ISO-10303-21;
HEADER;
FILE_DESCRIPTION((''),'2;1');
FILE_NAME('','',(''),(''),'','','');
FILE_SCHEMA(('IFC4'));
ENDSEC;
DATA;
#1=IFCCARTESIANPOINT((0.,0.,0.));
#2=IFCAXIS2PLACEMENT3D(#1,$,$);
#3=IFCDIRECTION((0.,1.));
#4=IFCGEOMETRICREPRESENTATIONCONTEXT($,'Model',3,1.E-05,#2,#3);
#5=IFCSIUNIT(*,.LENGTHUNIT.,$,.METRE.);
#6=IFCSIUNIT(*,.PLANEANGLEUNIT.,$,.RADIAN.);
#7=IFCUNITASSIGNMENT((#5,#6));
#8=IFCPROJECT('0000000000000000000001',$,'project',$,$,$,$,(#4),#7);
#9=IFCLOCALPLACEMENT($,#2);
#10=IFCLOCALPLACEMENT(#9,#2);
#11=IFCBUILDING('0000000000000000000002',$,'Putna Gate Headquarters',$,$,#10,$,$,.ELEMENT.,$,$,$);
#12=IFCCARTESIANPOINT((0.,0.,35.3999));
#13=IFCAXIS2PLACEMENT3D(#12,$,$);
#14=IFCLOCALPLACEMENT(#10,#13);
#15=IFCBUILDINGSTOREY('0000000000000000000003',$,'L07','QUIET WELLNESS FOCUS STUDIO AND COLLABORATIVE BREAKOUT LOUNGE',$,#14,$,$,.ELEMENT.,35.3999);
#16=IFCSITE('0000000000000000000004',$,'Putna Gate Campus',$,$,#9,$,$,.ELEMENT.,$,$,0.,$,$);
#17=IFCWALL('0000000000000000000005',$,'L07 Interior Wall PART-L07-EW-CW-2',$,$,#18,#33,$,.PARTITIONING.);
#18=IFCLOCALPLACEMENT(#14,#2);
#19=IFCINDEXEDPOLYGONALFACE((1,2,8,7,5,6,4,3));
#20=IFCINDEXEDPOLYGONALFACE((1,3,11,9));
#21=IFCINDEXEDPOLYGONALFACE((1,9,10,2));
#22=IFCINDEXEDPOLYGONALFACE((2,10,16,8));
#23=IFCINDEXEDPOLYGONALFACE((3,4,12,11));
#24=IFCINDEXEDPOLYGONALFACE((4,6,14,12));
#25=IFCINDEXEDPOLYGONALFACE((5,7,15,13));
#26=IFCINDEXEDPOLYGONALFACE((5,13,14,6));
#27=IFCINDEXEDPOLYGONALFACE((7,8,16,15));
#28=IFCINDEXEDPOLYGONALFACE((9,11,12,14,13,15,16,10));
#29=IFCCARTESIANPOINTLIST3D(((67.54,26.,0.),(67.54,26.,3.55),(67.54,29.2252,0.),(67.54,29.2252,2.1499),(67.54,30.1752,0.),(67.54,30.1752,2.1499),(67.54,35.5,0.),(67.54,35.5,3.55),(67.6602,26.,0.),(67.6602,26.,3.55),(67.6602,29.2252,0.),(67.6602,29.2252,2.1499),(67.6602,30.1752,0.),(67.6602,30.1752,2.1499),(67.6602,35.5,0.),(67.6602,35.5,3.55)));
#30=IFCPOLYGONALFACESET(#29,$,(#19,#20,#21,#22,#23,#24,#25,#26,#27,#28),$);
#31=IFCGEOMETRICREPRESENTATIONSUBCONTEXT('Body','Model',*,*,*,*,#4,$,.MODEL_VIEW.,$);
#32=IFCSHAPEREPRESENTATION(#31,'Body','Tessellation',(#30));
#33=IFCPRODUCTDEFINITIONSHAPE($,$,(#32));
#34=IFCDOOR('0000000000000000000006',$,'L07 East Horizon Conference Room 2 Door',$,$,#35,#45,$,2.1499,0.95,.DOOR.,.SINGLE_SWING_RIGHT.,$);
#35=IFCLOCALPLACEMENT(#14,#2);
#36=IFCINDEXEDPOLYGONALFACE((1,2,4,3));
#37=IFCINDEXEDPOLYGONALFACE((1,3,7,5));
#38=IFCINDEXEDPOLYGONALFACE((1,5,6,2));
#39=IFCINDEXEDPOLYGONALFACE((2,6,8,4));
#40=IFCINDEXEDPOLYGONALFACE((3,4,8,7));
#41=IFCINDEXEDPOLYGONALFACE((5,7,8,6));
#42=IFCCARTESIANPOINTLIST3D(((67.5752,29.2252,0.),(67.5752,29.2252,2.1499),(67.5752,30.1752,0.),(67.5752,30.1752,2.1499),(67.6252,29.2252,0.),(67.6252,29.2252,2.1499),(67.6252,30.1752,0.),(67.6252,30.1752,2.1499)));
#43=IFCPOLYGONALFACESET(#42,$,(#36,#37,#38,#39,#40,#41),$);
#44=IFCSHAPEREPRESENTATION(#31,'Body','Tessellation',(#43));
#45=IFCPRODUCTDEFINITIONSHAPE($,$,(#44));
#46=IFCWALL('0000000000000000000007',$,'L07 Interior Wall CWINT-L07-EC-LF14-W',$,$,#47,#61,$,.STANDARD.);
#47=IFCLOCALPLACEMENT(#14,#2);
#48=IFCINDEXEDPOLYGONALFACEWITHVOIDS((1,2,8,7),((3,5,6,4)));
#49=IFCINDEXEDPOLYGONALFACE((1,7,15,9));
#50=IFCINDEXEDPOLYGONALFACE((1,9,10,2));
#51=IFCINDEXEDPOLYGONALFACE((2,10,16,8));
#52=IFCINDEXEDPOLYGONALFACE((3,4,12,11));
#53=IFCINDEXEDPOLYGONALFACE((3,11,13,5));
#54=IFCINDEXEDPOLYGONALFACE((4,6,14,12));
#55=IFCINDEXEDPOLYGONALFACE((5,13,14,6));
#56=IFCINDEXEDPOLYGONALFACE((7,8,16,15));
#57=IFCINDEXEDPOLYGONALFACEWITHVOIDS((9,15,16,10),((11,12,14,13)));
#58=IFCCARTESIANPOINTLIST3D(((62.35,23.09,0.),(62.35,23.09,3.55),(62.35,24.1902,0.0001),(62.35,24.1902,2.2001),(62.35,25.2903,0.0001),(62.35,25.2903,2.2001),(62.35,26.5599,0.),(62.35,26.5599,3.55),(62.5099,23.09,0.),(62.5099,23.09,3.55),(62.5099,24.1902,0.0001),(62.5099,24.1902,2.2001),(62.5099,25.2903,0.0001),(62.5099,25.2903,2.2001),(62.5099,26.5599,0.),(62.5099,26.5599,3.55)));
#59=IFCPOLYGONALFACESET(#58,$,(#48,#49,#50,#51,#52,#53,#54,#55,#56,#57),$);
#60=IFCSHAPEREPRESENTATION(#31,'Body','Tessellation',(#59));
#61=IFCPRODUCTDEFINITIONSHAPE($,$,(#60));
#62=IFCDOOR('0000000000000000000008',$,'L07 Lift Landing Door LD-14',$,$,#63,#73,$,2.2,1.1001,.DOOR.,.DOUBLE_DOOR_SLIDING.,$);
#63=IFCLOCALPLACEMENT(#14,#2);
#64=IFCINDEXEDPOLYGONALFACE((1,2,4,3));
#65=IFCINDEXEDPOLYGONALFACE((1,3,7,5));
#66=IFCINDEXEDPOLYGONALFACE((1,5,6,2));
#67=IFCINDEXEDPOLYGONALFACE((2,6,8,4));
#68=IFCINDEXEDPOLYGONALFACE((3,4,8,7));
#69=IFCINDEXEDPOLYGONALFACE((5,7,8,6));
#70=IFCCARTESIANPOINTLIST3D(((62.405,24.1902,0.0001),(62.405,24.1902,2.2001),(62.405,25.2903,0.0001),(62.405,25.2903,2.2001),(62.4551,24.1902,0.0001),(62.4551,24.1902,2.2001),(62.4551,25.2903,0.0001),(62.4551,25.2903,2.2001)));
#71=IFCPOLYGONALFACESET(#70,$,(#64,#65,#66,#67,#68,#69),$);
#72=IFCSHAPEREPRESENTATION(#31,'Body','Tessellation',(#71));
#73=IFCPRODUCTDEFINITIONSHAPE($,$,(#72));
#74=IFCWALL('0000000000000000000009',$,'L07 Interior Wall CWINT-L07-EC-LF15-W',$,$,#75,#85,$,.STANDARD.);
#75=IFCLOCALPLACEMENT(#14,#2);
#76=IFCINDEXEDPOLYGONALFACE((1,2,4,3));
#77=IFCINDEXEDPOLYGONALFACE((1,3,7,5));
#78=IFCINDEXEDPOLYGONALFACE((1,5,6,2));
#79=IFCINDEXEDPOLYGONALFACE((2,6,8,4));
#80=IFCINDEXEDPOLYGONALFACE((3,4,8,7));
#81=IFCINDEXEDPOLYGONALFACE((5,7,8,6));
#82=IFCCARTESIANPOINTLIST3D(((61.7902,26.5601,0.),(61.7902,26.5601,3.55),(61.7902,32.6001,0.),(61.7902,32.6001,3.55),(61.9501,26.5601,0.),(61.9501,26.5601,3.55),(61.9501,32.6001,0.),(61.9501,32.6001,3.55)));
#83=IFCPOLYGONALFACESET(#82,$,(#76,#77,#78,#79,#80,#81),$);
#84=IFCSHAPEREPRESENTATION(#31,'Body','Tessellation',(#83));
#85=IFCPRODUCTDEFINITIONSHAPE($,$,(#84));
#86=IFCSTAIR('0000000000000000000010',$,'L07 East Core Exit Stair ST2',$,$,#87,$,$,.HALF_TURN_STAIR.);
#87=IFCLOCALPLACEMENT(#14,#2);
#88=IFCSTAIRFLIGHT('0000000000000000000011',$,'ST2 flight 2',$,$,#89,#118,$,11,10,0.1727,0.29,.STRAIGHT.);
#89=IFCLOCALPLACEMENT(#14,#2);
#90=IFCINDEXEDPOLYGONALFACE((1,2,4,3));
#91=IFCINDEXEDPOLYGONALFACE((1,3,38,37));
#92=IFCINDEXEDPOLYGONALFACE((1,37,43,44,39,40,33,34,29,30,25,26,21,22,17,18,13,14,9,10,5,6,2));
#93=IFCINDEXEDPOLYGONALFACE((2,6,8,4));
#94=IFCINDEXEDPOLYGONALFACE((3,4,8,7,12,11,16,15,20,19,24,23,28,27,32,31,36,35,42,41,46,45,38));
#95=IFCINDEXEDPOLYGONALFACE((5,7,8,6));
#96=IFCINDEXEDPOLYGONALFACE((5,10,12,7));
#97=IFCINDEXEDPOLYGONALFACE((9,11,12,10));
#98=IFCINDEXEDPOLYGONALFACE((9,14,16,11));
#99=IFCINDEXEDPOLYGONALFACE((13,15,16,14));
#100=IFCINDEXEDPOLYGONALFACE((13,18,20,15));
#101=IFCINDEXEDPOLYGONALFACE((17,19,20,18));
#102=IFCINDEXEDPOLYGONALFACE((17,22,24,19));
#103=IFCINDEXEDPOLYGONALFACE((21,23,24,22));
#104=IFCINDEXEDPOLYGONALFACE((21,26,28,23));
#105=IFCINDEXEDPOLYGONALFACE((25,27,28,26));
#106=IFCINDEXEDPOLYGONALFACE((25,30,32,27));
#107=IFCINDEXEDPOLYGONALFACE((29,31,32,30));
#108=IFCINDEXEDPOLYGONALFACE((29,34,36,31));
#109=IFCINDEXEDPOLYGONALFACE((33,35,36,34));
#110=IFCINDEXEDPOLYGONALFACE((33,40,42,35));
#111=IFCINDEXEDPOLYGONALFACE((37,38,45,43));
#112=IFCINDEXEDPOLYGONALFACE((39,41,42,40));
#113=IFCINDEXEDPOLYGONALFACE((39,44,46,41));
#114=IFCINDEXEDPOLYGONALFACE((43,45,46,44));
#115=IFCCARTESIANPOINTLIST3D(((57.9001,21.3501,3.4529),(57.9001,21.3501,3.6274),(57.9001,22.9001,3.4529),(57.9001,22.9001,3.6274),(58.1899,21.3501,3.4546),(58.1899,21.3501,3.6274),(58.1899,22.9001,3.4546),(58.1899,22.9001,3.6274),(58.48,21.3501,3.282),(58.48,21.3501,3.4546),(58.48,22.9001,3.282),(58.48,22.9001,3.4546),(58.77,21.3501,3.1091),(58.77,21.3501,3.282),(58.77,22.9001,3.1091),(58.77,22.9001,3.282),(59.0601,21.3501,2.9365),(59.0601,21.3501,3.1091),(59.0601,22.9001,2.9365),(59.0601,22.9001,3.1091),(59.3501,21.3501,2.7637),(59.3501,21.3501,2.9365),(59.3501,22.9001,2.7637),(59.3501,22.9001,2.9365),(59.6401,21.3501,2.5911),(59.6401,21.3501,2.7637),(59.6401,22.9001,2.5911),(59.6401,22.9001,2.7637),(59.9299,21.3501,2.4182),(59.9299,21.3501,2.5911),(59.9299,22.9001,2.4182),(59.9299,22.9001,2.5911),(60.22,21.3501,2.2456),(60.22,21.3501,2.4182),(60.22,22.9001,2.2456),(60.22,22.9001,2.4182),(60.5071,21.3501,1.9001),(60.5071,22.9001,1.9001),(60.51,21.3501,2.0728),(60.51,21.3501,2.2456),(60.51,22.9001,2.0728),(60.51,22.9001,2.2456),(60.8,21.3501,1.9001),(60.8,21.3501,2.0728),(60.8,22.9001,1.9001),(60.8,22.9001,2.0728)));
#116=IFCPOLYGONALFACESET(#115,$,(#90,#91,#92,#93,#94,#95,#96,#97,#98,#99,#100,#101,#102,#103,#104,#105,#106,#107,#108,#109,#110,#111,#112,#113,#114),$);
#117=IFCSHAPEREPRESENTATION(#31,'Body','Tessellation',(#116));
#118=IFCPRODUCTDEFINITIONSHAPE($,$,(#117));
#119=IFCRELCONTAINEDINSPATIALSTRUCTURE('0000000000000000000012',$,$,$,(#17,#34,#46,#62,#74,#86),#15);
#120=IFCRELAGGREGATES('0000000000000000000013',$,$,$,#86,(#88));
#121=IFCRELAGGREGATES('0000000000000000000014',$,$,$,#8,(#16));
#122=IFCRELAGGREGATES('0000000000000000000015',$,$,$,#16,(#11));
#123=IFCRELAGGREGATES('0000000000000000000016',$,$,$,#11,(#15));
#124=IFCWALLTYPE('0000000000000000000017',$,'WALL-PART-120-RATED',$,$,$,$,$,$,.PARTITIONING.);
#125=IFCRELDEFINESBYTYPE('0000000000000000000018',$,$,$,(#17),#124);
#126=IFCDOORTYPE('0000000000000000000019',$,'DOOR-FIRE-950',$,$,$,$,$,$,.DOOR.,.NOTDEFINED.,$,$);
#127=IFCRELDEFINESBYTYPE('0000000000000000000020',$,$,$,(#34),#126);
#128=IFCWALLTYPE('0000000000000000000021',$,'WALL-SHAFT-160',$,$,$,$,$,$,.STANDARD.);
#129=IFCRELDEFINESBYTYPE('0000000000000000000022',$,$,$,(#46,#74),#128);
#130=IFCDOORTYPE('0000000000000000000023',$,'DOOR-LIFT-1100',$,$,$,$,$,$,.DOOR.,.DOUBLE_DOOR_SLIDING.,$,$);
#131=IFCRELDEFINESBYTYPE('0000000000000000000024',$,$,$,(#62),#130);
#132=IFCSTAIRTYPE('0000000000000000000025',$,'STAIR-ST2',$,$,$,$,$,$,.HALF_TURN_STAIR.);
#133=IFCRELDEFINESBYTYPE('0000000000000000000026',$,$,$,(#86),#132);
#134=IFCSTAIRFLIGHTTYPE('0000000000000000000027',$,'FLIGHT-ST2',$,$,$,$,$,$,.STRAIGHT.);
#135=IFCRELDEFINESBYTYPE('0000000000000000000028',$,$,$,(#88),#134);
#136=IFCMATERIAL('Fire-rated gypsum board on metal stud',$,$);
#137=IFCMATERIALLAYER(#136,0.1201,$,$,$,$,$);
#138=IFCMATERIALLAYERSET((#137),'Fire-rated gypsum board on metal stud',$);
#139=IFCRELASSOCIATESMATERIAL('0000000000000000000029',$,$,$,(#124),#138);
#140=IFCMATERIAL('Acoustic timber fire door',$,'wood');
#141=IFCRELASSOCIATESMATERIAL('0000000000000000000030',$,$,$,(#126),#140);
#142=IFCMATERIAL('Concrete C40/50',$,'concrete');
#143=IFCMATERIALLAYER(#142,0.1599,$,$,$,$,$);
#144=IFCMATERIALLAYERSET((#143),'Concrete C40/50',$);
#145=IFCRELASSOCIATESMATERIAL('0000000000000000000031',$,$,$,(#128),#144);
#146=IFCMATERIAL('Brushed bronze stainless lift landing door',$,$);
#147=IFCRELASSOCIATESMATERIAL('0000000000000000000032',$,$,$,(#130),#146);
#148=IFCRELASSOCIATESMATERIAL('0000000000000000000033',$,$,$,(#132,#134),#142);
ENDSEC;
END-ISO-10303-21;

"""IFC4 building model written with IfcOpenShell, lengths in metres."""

from ifc_helpers import new_model, si_unit, direction, frame, frame_2d, origin, place, context, subcontext, project, spatial, polyline, rectangle, outline, extrude, material, layer, layer_set, type_object, element, fill, aggregate, save


model = new_model("IFC4")

# Units and contexts
model_context = context("Model", 3, precision=1e-05, world=origin(), true_north=direction((0.0, 1.0)))
body_context = subcontext(model_context, "Body", "Model", "MODEL_VIEW")
ifc_project = project(units=[si_unit("LENGTHUNIT", "METRE"), si_unit("PLANEANGLEUNIT", "RADIAN")], contexts=[model_context])

# Site, building, storey
site_placement = place(None, origin())
site = spatial("IfcSite", under=ifc_project, at=site_placement, Name="Putna Gate Campus", CompositionType="ELEMENT", RefElevation=0.0)
building_placement = place(site_placement, origin())
building = spatial("IfcBuilding", under=site, at=building_placement, Name="Putna Gate Headquarters", CompositionType="ELEMENT")
storey_placement = place(building_placement, frame((0.0, 0.0, 35.3999)))
storey = spatial("IfcBuildingStorey", under=building, at=storey_placement, Name="L07", Description="QUIET WELLNESS FOCUS STUDIO AND COLLABORATIVE BREAKOUT LOUNGE", CompositionType="ELEMENT", Elevation=35.3999)

# Shared definitions
ifc_material_1 = material(Name="Fire-rated gypsum board on metal stud")
ifc_layer_1 = layer(ifc_material_1, 0.1201)
ifc_layer_set_1 = layer_set([ifc_layer_1], Name="Fire-rated gypsum board on metal stud")
wall_type_1 = type_object("IfcWallType", Name="WALL-PART-120-RATED", PredefinedType="PARTITIONING", material=ifc_layer_set_1)

# Walls, openings, doors
wall_1_placement = place(storey_placement, frame((67.6001, 26.0, 0.0), z_axis=(0.0, 0.0, 1.0), x_axis=(0.0, 1.0, 0.0)))
wall_1 = element("IfcWall", 1, at=wall_1_placement, inside=storey, type_object=wall_type_1, Name="L07 Interior Wall PART-L07-EW-CW-2", PredefinedType="PARTITIONING", context=body_context, shape_type="SweptSolid", body=[
    extrude(rectangle(XDim=9.5, YDim=0.1201, at=frame_2d((4.75, 0.0))), origin(), (0.0, 0.0, 1.0), 3.55),
])
opening_1_placement = place(wall_1_placement, frame((3.2251, 0.0, 0.0)))
opening_1 = element("IfcOpeningElement", 2, at=opening_1_placement, cuts=wall_1, PredefinedType="OPENING", context=body_context, shape_type="SweptSolid", body=[
    extrude(rectangle(XDim=0.95, YDim=2.1499, at=frame_2d((0.4751, 1.075))), frame((0.0, 0.0701, 0.0), z_axis=(0.0, -1.0, 0.0), x_axis=(1.0, 0.0, 0.0)), (0.0, 0.0, 1.0), 0.1401),
])
ifc_material_2 = material(Name="Acoustic timber fire door", Category="wood")
door_type_1 = type_object("IfcDoorType", Name="DOOR-FIRE-950", OperationType="NOTDEFINED", PredefinedType="DOOR", material=ifc_material_2)
door_1_placement = place(opening_1_placement, origin())
door_1 = element("IfcDoor", 3, at=door_1_placement, inside=storey, type_object=door_type_1, Name="L07 East Horizon Conference Room 2 Door", OperationType="SINGLE_SWING_RIGHT", OverallHeight=2.1499, OverallWidth=0.95, PredefinedType="DOOR", context=body_context, shape_type="SweptSolid", body=[
    extrude(rectangle(XDim=0.95, YDim=2.1499, at=frame_2d((0.4751, 1.075))), frame((0.0, 0.0249, 0.0), z_axis=(0.0, -1.0, 0.0), x_axis=(1.0, 0.0, 0.0)), (0.0, 0.0, 1.0), 0.05),
])
fill(opening_1, door_1)
ifc_material_3 = material(Name="Concrete C40/50", Category="concrete")
ifc_layer_2 = layer(ifc_material_3, 0.1599)
ifc_layer_set_2 = layer_set([ifc_layer_2], Name="Concrete C40/50")
wall_type_2 = type_object("IfcWallType", Name="WALL-SHAFT-160", PredefinedType="STANDARD", material=ifc_layer_set_2)
wall_2_placement = place(storey_placement, frame((62.4299, 23.0901, 0.0), z_axis=(0.0, 0.0, 1.0), x_axis=(0.0, 1.0, 0.0)))
wall_2 = element("IfcWall", 4, at=wall_2_placement, inside=storey, type_object=wall_type_2, Name="L07 Interior Wall CWINT-L07-EC-LF14-W", PredefinedType="STANDARD", context=body_context, shape_type="SweptSolid", body=[
    extrude(rectangle(XDim=3.47, YDim=0.1599, at=frame_2d((1.7349, 0.0))), origin(), (0.0, 0.0, 1.0), 3.55),
])
opening_2_placement = place(wall_2_placement, frame((1.1001, 0.0, 0.0)))
opening_2 = element("IfcOpeningElement", 5, at=opening_2_placement, cuts=wall_2, PredefinedType="OPENING", context=body_context, shape_type="SweptSolid", body=[
    extrude(rectangle(XDim=1.1001, YDim=2.2, at=frame_2d((0.55, 1.1001))), frame((0.0, 0.0898, 0.0), z_axis=(0.0, -1.0, 0.0), x_axis=(1.0, 0.0, 0.0)), (0.0, 0.0, 1.0), 0.1799),
])
ifc_material_4 = material(Name="Brushed bronze stainless lift landing door")
door_type_2 = type_object("IfcDoorType", Name="DOOR-LIFT-1100", OperationType="DOUBLE_DOOR_SLIDING", PredefinedType="DOOR", material=ifc_material_4)
door_2_placement = place(opening_2_placement, origin())
door_2 = element("IfcDoor", 6, at=door_2_placement, inside=storey, type_object=door_type_2, Name="L07 Lift Landing Door LD-14", OperationType="DOUBLE_DOOR_SLIDING", OverallHeight=2.2, OverallWidth=1.1001, PredefinedType="DOOR", context=body_context, shape_type="SweptSolid", body=[
    extrude(rectangle(XDim=1.1001, YDim=2.2, at=frame_2d((0.55, 1.1001))), frame((0.0, 0.0249, 0.0), z_axis=(0.0, -1.0, 0.0), x_axis=(1.0, 0.0, 0.0)), (0.0, 0.0, 1.0), 0.05),
])
fill(opening_2, door_2)

# Wall
wall_3_placement = place(storey_placement, frame((61.8701, 26.5601, 0.0), z_axis=(0.0, 0.0, 1.0), x_axis=(0.0, 1.0, 0.0)))
element("IfcWall", 7, at=wall_3_placement, inside=storey, type_object=wall_type_2, Name="L07 Interior Wall CWINT-L07-EC-LF15-W", PredefinedType="STANDARD", context=body_context, shape_type="SweptSolid", body=[
    extrude(rectangle(XDim=6.04, YDim=0.1599, at=frame_2d((3.02, 0.0))), origin(), (0.0, 0.0, 1.0), 3.55),
])

# Stair, stair flight
stair_type = type_object("IfcStairType", Name="STAIR-ST2", PredefinedType="HALF_TURN_STAIR", material=ifc_material_3)
stair_placement = place(storey_placement, origin())
stair = element("IfcStair", 8, at=stair_placement, inside=storey, type_object=stair_type, Name="L07 East Core Exit Stair ST2", PredefinedType="HALF_TURN_STAIR")
stair_flight_type = type_object("IfcStairFlightType", Name="FLIGHT-ST2", PredefinedType="STRAIGHT", material=ifc_material_3)
stair_flight_placement = place(storey_placement, frame((60.8, 22.125, 1.9001), z_axis=(0.0, 0.0, 1.0), x_axis=(-1.0, 0.0, 0.0)))
stair_flight = element("IfcStairFlight", 9, at=stair_flight_placement, type_object=stair_flight_type, Name="ST2 flight 2", NumberOfRisers=11, NumberOfTreads=10, PredefinedType="STRAIGHT", RiserHeight=0.1727, TreadLength=0.29, context=body_context, shape_type="SweptSolid", body=[
    extrude(outline(polyline([(0.0, 0.0), (0.0, 0.1726), (0.29, 0.1726), (0.29, 0.3455), (0.5801, 0.3455), (0.5801, 0.5181), (0.8701, 0.5181), (0.8701, 0.6909), (1.1599, 0.6909), (1.1599, 0.8635), (1.45, 0.8635), (1.45, 1.0364), (1.74, 1.0364), (1.74, 1.209), (2.03, 1.209), (2.03, 1.3818), (2.3201, 1.3818), (2.3201, 1.5544), (2.6101, 1.5544), (2.6101, 1.7273), (2.8999, 1.7273), (2.8999, 1.8999), (2.8999, 1.5527), (0.293, 0.0), (0.0, 0.0)])), frame((0.0, 0.7749, 0.0), z_axis=(0.0, -1.0, 0.0), x_axis=(1.0, 0.0, 0.0)), (0.0, 0.0, 1.0), 1.55),
])
aggregate(stair, [stair_flight])

save(model, "model.ifc")
